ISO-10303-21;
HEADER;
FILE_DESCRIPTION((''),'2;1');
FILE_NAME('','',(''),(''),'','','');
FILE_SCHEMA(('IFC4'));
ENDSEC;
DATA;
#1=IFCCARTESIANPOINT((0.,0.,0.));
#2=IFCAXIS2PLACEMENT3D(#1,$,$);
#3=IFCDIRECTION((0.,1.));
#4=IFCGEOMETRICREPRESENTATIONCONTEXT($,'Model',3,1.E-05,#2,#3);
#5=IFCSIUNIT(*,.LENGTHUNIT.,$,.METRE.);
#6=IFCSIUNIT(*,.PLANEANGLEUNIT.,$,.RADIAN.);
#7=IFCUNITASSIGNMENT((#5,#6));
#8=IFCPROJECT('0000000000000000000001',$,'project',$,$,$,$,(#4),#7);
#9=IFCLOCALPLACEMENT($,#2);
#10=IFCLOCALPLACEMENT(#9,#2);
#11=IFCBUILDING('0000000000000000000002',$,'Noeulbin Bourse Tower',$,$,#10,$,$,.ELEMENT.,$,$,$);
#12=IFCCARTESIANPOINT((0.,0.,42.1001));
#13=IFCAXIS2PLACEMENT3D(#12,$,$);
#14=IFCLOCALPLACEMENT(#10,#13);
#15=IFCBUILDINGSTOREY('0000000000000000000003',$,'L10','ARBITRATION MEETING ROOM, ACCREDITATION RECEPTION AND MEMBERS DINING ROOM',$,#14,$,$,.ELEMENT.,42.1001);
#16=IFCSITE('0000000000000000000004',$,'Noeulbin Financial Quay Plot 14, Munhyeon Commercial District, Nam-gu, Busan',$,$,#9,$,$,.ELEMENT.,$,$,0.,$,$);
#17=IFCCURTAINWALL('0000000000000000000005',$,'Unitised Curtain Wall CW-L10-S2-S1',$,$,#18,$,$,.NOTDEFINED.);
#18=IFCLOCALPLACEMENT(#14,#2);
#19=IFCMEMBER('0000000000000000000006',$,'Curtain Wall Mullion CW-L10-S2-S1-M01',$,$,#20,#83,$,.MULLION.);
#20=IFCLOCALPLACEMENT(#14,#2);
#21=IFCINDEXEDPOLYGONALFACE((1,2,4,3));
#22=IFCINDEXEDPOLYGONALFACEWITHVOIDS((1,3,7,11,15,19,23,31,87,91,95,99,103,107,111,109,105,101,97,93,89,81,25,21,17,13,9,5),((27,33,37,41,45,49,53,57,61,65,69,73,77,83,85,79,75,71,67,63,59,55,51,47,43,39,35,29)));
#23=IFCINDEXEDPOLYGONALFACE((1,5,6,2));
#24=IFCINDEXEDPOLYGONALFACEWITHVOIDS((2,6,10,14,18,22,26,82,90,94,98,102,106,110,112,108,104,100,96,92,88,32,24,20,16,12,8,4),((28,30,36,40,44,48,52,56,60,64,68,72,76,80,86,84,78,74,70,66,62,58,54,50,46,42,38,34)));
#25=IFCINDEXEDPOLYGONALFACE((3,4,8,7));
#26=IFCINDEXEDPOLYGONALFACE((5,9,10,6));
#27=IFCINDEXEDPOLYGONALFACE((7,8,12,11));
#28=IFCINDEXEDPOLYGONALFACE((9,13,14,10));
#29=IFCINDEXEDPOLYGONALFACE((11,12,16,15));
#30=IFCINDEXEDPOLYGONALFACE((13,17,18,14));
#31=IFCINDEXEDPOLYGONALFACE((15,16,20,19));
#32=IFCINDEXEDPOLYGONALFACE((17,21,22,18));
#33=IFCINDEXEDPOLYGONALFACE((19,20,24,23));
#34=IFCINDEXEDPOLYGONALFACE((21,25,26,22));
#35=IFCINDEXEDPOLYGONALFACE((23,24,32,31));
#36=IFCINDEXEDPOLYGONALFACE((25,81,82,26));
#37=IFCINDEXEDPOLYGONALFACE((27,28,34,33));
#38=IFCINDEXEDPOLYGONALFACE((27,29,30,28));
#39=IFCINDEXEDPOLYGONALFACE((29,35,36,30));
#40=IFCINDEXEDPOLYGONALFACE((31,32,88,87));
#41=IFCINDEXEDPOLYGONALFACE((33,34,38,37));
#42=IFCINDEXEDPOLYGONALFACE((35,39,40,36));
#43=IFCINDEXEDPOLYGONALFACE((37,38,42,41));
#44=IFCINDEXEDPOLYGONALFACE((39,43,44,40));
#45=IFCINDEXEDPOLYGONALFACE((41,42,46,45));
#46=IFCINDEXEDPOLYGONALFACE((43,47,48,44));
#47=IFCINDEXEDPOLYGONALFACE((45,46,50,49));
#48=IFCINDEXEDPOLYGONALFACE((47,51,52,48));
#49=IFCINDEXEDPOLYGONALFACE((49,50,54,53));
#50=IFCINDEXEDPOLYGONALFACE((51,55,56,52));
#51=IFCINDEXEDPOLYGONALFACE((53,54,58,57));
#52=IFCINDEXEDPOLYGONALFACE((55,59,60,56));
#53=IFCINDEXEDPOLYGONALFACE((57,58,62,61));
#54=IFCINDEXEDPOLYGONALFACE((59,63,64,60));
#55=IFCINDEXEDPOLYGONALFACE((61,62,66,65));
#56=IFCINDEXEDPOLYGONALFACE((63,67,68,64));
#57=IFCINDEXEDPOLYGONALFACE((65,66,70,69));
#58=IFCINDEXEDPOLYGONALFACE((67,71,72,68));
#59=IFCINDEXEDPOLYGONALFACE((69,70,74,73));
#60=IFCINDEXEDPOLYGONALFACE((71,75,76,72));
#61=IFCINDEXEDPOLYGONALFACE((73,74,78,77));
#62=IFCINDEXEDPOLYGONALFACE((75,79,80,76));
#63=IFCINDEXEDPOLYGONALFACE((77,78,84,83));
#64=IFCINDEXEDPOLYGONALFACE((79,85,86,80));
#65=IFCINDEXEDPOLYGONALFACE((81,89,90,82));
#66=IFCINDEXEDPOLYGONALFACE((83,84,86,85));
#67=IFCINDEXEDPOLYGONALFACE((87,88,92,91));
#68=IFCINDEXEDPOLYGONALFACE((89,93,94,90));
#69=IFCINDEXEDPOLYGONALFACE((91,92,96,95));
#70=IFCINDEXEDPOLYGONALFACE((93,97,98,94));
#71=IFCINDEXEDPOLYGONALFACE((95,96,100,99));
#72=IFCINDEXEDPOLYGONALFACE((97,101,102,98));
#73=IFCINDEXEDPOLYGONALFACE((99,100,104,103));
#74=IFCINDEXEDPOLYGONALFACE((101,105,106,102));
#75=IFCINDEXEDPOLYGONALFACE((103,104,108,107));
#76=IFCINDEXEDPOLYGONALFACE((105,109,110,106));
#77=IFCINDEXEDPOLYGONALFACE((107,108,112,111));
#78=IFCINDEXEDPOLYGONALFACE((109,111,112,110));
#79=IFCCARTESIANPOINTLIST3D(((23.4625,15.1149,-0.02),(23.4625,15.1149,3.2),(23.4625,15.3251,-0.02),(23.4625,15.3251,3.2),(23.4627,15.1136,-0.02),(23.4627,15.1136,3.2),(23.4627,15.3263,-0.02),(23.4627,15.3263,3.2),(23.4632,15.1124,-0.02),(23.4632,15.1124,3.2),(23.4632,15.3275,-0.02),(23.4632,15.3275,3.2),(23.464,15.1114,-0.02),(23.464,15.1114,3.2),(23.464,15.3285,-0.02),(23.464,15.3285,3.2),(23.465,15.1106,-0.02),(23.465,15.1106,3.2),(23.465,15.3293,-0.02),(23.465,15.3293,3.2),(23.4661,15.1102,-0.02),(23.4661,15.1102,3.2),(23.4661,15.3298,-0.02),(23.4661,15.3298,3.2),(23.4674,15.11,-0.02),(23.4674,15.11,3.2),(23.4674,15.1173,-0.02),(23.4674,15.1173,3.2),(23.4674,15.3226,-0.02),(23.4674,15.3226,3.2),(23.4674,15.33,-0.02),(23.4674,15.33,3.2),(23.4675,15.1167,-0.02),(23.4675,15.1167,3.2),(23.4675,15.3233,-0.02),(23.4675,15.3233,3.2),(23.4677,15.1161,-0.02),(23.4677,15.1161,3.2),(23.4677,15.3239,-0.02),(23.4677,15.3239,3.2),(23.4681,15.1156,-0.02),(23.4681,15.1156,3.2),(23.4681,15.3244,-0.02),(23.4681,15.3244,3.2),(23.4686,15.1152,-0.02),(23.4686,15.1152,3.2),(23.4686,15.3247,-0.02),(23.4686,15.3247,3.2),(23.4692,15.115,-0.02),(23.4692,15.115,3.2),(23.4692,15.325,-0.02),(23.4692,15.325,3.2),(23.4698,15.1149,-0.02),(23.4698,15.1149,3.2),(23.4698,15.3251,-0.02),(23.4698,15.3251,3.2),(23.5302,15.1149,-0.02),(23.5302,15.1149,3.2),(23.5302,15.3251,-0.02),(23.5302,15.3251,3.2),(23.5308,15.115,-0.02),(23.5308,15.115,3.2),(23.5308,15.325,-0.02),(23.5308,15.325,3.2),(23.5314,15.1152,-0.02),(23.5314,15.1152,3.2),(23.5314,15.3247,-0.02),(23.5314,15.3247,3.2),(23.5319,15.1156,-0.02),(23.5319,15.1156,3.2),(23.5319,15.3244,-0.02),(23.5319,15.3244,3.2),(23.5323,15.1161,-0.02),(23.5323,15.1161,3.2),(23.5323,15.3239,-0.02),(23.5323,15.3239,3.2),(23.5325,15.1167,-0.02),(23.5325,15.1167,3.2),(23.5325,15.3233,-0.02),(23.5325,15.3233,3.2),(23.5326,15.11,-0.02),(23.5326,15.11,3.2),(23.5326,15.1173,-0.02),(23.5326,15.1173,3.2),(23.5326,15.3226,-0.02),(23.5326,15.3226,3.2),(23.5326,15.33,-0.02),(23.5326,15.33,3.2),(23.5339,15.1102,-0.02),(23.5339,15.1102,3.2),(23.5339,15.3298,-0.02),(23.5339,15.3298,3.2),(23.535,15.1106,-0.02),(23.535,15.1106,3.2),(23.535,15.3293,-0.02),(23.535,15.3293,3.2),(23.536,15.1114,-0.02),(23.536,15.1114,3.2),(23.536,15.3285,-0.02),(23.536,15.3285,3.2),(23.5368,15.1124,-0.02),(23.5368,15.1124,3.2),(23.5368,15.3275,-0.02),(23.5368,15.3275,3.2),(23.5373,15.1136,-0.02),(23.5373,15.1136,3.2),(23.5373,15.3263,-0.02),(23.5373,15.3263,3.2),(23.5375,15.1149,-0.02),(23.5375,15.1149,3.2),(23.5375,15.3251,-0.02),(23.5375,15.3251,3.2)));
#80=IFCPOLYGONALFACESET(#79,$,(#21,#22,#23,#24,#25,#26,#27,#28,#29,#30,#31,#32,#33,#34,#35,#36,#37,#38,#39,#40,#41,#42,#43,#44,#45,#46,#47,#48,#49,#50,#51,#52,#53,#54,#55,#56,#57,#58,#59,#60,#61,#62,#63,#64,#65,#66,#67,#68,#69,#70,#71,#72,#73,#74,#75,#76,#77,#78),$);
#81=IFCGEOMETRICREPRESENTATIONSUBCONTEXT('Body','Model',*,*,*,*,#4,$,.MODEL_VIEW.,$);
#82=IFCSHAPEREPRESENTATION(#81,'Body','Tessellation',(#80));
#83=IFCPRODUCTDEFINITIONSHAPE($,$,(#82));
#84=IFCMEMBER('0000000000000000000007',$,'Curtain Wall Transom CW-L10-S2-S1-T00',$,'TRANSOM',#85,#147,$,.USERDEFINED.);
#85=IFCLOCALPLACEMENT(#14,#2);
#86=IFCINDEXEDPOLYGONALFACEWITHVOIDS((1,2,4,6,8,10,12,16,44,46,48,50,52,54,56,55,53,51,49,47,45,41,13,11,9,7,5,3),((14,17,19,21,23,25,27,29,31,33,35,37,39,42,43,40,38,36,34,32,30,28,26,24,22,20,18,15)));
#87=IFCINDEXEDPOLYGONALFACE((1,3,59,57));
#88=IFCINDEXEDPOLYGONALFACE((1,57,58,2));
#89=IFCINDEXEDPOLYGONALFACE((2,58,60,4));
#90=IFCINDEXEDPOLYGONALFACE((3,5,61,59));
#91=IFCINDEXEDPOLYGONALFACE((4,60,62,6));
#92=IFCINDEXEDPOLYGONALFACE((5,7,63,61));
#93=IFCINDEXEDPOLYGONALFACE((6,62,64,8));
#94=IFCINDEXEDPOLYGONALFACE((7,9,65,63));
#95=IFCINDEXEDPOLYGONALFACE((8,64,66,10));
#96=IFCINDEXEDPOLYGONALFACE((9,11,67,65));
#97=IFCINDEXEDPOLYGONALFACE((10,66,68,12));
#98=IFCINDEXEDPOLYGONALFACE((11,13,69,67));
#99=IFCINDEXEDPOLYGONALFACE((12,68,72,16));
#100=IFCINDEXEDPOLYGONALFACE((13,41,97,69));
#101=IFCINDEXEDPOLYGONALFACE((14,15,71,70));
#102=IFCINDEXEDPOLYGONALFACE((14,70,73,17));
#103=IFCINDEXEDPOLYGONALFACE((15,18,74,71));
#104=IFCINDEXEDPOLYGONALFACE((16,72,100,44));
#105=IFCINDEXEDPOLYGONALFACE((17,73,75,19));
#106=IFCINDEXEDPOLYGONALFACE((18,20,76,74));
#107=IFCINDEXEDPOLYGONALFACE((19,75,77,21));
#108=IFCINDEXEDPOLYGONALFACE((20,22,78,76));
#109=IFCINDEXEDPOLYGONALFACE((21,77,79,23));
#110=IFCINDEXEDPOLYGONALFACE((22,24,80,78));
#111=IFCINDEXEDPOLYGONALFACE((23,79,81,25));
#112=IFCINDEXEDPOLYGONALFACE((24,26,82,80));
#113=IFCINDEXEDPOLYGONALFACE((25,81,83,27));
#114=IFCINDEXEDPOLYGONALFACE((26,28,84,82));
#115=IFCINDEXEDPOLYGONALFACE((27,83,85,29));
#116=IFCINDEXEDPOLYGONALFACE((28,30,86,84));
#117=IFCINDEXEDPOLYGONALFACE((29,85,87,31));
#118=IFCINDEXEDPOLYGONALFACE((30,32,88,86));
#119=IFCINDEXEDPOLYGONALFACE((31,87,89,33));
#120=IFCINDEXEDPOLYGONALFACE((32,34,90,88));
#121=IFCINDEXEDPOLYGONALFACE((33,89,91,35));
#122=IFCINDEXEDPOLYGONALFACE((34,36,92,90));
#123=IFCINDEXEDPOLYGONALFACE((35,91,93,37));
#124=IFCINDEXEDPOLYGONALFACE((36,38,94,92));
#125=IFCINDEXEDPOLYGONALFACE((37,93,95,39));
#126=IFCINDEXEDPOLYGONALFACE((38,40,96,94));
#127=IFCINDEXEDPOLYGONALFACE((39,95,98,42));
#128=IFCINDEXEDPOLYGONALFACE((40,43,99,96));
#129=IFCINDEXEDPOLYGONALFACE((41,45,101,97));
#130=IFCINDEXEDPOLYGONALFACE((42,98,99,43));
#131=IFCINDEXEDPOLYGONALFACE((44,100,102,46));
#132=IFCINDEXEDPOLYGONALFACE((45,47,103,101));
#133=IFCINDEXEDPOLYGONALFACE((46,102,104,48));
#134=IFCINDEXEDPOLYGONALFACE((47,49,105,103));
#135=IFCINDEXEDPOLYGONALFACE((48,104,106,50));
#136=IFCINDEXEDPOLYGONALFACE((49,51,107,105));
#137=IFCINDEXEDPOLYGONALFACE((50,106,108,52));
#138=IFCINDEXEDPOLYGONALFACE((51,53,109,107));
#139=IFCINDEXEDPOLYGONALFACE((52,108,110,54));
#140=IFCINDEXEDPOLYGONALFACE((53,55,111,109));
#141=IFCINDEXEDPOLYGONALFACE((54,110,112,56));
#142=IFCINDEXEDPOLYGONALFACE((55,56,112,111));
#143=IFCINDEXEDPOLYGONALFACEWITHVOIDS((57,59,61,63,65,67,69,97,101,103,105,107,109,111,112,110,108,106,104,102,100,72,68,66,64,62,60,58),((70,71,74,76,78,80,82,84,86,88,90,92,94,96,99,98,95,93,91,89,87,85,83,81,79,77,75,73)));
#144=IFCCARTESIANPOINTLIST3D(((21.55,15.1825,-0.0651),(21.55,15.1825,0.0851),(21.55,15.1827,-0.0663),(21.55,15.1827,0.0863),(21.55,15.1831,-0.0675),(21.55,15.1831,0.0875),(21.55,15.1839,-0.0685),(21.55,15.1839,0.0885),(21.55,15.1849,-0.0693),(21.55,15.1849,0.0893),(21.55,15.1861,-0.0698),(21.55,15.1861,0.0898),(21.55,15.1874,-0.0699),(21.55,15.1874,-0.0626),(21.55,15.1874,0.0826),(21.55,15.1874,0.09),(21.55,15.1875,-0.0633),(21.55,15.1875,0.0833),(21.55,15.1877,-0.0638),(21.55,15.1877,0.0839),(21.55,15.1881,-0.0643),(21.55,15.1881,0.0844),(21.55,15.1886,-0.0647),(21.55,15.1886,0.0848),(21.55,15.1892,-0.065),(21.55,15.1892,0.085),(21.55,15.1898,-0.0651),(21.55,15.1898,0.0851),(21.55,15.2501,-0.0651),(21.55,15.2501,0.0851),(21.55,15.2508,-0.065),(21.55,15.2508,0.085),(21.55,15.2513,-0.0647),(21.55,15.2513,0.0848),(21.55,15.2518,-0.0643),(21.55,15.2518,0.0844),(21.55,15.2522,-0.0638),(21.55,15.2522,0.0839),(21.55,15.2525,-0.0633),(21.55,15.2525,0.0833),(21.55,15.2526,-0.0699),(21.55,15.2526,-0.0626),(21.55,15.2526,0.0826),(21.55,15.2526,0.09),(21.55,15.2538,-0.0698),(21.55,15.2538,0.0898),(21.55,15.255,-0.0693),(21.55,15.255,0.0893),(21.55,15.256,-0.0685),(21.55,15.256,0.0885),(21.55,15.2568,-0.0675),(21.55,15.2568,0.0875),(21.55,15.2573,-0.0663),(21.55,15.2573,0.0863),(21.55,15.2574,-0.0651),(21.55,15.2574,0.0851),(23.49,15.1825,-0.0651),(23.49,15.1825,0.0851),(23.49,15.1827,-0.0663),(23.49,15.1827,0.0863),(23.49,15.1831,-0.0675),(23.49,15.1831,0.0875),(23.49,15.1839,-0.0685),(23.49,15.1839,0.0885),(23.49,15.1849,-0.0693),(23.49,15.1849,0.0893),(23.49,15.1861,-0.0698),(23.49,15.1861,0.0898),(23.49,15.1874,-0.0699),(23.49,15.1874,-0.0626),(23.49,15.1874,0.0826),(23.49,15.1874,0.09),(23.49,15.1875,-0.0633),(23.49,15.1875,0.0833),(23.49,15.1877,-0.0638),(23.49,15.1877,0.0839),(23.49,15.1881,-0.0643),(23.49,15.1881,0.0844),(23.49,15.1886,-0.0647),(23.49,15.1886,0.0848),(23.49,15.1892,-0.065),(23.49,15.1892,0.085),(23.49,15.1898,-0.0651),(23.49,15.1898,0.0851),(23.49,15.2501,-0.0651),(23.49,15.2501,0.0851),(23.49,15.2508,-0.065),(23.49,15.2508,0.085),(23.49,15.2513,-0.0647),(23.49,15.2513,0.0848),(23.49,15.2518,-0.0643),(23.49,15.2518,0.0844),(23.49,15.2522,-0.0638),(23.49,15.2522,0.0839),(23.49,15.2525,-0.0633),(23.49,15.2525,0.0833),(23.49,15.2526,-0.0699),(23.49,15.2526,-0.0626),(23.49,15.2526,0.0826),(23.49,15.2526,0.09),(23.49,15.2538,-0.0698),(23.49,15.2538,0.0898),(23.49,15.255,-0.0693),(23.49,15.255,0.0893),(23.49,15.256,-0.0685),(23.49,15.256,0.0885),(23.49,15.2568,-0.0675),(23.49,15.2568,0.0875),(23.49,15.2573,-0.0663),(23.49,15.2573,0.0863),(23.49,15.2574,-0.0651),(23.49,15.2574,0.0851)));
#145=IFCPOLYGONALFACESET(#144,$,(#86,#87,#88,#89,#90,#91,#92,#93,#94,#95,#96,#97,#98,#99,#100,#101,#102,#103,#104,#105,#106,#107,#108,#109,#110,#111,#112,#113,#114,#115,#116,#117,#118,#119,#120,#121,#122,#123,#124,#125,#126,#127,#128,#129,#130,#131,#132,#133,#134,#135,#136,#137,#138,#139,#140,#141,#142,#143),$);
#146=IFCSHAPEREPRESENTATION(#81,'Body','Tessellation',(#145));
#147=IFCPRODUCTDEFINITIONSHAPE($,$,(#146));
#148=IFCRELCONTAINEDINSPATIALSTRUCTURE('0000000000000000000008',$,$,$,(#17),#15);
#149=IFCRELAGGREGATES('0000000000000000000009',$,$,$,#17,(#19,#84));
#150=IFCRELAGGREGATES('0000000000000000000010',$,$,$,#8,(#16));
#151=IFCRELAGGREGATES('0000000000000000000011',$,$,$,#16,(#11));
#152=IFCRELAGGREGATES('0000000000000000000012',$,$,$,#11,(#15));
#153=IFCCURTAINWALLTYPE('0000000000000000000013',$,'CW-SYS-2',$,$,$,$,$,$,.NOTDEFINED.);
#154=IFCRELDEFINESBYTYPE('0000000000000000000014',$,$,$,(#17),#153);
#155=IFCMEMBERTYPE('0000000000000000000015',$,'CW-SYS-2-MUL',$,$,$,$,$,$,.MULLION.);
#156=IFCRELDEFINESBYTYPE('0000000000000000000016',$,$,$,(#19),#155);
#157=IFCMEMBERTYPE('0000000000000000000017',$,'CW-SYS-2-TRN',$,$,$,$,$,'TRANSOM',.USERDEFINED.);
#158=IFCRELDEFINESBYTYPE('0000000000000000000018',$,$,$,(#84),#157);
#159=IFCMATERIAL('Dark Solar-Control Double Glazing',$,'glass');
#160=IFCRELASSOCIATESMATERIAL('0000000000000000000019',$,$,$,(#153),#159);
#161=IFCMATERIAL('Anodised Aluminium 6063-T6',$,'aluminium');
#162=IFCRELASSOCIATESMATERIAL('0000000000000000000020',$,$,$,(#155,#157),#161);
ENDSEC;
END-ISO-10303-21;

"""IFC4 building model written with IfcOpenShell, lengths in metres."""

from ifc_helpers import new_model, si_unit, direction, frame, origin, origin_2d, place, context, subcontext, project, spatial, hollow_rectangle, extrude, material, material_profile, profile_set, type_object, element, aggregate, save


model = new_model("IFC4")

# Units and contexts
model_context = context("Model", 3, precision=1e-05, world=origin(), true_north=direction((0.0, 1.0)))
body_context = subcontext(model_context, "Body", "Model", "MODEL_VIEW")
ifc_project = project(units=[si_unit("LENGTHUNIT", "METRE"), si_unit("PLANEANGLEUNIT", "RADIAN")], contexts=[model_context])

# Site, building, storey
site_placement = place(None, origin())
site = spatial("IfcSite", under=ifc_project, at=site_placement, Name="Noeulbin Financial Quay Plot 14, Munhyeon Commercial District, Nam-gu, Busan", CompositionType="ELEMENT", RefElevation=0.0)
building_placement = place(site_placement, origin())
building = spatial("IfcBuilding", under=site, at=building_placement, Name="Noeulbin Bourse Tower", CompositionType="ELEMENT")
storey_placement = place(building_placement, frame((0.0, 0.0, 42.1001)))
storey = spatial("IfcBuildingStorey", under=building, at=storey_placement, Name="L10", Description="ARBITRATION MEETING ROOM, ACCREDITATION RECEPTION AND MEMBERS DINING ROOM", CompositionType="ELEMENT", Elevation=42.1001)

# Shared definitions
ifc_material_1 = material(Name="Dark Solar-Control Double Glazing", Category="glass")
curtain_wall_type = type_object("IfcCurtainWallType", Name="CW-SYS-2", PredefinedType="NOTDEFINED", material=ifc_material_1)
ifc_material_2 = material(Name="Anodised Aluminium 6063-T6", Category="aluminium")
ifc_material_profile_1 = material_profile(ifc_material_2, hollow_rectangle(XDim=0.075, YDim=0.22, WallThickness=0.0049, InnerFilletRadius=0.0024, OuterFilletRadius=0.0049, at=origin_2d()), Name="ALU-MULL-75x220x5", Category="LoadBearing")
ifc_profile_set_1 = profile_set([ifc_material_profile_1], Name="Anodised Aluminium 6063-T6")
member_type_1 = type_object("IfcMemberType", Name="CW-SYS-2-MUL", PredefinedType="MULLION", material=ifc_profile_set_1)

# Curtain wall, members
curtain_wall_1_placement = place(storey_placement, origin())
curtain_wall_1 = element("IfcCurtainWall", 1, at=curtain_wall_1_placement, inside=storey, type_object=curtain_wall_type, Name="Unitised Curtain Wall CW-L10-S2-S1", PredefinedType="NOTDEFINED")
member_1_placement = place(storey_placement, frame((23.5, 15.22, -0.02), z_axis=(0.0, 0.0, 1.0), x_axis=(1.0, 0.0, 0.0)))
member_1 = element("IfcMember", 2, at=member_1_placement, type_object=member_type_1, Name="Curtain Wall Mullion CW-L10-S2-S1-M01", PredefinedType="MULLION", context=body_context, shape_type="SweptSolid", body=[
    extrude(hollow_rectangle(XDim=0.075, YDim=0.22, WallThickness=0.0049, InnerFilletRadius=0.0024, OuterFilletRadius=0.0049, at=origin_2d()), origin(), (0.0, 0.0, 1.0), 3.22),
])
ifc_material_profile_2 = material_profile(ifc_material_2, hollow_rectangle(XDim=0.075, YDim=0.1599, WallThickness=0.0049, InnerFilletRadius=0.0024, OuterFilletRadius=0.0049, at=origin_2d()), Name="ALU-TRAN-75x160x5", Category="LoadBearing")
ifc_profile_set_2 = profile_set([ifc_material_profile_2], Name="Anodised Aluminium 6063-T6")
member_type_2 = type_object("IfcMemberType", Name="CW-SYS-2-TRN", ElementType="TRANSOM", PredefinedType="USERDEFINED", material=ifc_profile_set_2)
member_2_placement = place(storey_placement, frame((21.55, 15.22, 0.01), z_axis=(1.0, 0.0, 0.0), x_axis=(0.0, 1.0, 0.0)))
member_2 = element("IfcMember", 3, at=member_2_placement, type_object=member_type_2, Name="Curtain Wall Transom CW-L10-S2-S1-T00", ObjectType="TRANSOM", PredefinedType="USERDEFINED", context=body_context, shape_type="SweptSolid", body=[
    extrude(hollow_rectangle(XDim=0.075, YDim=0.1599, WallThickness=0.0049, InnerFilletRadius=0.0024, OuterFilletRadius=0.0049, at=origin_2d()), origin(), (0.0, 0.0, 1.0), 1.9399),
])

aggregate(curtain_wall_1, [member_1, member_2])

save(model, "model.ifc")
